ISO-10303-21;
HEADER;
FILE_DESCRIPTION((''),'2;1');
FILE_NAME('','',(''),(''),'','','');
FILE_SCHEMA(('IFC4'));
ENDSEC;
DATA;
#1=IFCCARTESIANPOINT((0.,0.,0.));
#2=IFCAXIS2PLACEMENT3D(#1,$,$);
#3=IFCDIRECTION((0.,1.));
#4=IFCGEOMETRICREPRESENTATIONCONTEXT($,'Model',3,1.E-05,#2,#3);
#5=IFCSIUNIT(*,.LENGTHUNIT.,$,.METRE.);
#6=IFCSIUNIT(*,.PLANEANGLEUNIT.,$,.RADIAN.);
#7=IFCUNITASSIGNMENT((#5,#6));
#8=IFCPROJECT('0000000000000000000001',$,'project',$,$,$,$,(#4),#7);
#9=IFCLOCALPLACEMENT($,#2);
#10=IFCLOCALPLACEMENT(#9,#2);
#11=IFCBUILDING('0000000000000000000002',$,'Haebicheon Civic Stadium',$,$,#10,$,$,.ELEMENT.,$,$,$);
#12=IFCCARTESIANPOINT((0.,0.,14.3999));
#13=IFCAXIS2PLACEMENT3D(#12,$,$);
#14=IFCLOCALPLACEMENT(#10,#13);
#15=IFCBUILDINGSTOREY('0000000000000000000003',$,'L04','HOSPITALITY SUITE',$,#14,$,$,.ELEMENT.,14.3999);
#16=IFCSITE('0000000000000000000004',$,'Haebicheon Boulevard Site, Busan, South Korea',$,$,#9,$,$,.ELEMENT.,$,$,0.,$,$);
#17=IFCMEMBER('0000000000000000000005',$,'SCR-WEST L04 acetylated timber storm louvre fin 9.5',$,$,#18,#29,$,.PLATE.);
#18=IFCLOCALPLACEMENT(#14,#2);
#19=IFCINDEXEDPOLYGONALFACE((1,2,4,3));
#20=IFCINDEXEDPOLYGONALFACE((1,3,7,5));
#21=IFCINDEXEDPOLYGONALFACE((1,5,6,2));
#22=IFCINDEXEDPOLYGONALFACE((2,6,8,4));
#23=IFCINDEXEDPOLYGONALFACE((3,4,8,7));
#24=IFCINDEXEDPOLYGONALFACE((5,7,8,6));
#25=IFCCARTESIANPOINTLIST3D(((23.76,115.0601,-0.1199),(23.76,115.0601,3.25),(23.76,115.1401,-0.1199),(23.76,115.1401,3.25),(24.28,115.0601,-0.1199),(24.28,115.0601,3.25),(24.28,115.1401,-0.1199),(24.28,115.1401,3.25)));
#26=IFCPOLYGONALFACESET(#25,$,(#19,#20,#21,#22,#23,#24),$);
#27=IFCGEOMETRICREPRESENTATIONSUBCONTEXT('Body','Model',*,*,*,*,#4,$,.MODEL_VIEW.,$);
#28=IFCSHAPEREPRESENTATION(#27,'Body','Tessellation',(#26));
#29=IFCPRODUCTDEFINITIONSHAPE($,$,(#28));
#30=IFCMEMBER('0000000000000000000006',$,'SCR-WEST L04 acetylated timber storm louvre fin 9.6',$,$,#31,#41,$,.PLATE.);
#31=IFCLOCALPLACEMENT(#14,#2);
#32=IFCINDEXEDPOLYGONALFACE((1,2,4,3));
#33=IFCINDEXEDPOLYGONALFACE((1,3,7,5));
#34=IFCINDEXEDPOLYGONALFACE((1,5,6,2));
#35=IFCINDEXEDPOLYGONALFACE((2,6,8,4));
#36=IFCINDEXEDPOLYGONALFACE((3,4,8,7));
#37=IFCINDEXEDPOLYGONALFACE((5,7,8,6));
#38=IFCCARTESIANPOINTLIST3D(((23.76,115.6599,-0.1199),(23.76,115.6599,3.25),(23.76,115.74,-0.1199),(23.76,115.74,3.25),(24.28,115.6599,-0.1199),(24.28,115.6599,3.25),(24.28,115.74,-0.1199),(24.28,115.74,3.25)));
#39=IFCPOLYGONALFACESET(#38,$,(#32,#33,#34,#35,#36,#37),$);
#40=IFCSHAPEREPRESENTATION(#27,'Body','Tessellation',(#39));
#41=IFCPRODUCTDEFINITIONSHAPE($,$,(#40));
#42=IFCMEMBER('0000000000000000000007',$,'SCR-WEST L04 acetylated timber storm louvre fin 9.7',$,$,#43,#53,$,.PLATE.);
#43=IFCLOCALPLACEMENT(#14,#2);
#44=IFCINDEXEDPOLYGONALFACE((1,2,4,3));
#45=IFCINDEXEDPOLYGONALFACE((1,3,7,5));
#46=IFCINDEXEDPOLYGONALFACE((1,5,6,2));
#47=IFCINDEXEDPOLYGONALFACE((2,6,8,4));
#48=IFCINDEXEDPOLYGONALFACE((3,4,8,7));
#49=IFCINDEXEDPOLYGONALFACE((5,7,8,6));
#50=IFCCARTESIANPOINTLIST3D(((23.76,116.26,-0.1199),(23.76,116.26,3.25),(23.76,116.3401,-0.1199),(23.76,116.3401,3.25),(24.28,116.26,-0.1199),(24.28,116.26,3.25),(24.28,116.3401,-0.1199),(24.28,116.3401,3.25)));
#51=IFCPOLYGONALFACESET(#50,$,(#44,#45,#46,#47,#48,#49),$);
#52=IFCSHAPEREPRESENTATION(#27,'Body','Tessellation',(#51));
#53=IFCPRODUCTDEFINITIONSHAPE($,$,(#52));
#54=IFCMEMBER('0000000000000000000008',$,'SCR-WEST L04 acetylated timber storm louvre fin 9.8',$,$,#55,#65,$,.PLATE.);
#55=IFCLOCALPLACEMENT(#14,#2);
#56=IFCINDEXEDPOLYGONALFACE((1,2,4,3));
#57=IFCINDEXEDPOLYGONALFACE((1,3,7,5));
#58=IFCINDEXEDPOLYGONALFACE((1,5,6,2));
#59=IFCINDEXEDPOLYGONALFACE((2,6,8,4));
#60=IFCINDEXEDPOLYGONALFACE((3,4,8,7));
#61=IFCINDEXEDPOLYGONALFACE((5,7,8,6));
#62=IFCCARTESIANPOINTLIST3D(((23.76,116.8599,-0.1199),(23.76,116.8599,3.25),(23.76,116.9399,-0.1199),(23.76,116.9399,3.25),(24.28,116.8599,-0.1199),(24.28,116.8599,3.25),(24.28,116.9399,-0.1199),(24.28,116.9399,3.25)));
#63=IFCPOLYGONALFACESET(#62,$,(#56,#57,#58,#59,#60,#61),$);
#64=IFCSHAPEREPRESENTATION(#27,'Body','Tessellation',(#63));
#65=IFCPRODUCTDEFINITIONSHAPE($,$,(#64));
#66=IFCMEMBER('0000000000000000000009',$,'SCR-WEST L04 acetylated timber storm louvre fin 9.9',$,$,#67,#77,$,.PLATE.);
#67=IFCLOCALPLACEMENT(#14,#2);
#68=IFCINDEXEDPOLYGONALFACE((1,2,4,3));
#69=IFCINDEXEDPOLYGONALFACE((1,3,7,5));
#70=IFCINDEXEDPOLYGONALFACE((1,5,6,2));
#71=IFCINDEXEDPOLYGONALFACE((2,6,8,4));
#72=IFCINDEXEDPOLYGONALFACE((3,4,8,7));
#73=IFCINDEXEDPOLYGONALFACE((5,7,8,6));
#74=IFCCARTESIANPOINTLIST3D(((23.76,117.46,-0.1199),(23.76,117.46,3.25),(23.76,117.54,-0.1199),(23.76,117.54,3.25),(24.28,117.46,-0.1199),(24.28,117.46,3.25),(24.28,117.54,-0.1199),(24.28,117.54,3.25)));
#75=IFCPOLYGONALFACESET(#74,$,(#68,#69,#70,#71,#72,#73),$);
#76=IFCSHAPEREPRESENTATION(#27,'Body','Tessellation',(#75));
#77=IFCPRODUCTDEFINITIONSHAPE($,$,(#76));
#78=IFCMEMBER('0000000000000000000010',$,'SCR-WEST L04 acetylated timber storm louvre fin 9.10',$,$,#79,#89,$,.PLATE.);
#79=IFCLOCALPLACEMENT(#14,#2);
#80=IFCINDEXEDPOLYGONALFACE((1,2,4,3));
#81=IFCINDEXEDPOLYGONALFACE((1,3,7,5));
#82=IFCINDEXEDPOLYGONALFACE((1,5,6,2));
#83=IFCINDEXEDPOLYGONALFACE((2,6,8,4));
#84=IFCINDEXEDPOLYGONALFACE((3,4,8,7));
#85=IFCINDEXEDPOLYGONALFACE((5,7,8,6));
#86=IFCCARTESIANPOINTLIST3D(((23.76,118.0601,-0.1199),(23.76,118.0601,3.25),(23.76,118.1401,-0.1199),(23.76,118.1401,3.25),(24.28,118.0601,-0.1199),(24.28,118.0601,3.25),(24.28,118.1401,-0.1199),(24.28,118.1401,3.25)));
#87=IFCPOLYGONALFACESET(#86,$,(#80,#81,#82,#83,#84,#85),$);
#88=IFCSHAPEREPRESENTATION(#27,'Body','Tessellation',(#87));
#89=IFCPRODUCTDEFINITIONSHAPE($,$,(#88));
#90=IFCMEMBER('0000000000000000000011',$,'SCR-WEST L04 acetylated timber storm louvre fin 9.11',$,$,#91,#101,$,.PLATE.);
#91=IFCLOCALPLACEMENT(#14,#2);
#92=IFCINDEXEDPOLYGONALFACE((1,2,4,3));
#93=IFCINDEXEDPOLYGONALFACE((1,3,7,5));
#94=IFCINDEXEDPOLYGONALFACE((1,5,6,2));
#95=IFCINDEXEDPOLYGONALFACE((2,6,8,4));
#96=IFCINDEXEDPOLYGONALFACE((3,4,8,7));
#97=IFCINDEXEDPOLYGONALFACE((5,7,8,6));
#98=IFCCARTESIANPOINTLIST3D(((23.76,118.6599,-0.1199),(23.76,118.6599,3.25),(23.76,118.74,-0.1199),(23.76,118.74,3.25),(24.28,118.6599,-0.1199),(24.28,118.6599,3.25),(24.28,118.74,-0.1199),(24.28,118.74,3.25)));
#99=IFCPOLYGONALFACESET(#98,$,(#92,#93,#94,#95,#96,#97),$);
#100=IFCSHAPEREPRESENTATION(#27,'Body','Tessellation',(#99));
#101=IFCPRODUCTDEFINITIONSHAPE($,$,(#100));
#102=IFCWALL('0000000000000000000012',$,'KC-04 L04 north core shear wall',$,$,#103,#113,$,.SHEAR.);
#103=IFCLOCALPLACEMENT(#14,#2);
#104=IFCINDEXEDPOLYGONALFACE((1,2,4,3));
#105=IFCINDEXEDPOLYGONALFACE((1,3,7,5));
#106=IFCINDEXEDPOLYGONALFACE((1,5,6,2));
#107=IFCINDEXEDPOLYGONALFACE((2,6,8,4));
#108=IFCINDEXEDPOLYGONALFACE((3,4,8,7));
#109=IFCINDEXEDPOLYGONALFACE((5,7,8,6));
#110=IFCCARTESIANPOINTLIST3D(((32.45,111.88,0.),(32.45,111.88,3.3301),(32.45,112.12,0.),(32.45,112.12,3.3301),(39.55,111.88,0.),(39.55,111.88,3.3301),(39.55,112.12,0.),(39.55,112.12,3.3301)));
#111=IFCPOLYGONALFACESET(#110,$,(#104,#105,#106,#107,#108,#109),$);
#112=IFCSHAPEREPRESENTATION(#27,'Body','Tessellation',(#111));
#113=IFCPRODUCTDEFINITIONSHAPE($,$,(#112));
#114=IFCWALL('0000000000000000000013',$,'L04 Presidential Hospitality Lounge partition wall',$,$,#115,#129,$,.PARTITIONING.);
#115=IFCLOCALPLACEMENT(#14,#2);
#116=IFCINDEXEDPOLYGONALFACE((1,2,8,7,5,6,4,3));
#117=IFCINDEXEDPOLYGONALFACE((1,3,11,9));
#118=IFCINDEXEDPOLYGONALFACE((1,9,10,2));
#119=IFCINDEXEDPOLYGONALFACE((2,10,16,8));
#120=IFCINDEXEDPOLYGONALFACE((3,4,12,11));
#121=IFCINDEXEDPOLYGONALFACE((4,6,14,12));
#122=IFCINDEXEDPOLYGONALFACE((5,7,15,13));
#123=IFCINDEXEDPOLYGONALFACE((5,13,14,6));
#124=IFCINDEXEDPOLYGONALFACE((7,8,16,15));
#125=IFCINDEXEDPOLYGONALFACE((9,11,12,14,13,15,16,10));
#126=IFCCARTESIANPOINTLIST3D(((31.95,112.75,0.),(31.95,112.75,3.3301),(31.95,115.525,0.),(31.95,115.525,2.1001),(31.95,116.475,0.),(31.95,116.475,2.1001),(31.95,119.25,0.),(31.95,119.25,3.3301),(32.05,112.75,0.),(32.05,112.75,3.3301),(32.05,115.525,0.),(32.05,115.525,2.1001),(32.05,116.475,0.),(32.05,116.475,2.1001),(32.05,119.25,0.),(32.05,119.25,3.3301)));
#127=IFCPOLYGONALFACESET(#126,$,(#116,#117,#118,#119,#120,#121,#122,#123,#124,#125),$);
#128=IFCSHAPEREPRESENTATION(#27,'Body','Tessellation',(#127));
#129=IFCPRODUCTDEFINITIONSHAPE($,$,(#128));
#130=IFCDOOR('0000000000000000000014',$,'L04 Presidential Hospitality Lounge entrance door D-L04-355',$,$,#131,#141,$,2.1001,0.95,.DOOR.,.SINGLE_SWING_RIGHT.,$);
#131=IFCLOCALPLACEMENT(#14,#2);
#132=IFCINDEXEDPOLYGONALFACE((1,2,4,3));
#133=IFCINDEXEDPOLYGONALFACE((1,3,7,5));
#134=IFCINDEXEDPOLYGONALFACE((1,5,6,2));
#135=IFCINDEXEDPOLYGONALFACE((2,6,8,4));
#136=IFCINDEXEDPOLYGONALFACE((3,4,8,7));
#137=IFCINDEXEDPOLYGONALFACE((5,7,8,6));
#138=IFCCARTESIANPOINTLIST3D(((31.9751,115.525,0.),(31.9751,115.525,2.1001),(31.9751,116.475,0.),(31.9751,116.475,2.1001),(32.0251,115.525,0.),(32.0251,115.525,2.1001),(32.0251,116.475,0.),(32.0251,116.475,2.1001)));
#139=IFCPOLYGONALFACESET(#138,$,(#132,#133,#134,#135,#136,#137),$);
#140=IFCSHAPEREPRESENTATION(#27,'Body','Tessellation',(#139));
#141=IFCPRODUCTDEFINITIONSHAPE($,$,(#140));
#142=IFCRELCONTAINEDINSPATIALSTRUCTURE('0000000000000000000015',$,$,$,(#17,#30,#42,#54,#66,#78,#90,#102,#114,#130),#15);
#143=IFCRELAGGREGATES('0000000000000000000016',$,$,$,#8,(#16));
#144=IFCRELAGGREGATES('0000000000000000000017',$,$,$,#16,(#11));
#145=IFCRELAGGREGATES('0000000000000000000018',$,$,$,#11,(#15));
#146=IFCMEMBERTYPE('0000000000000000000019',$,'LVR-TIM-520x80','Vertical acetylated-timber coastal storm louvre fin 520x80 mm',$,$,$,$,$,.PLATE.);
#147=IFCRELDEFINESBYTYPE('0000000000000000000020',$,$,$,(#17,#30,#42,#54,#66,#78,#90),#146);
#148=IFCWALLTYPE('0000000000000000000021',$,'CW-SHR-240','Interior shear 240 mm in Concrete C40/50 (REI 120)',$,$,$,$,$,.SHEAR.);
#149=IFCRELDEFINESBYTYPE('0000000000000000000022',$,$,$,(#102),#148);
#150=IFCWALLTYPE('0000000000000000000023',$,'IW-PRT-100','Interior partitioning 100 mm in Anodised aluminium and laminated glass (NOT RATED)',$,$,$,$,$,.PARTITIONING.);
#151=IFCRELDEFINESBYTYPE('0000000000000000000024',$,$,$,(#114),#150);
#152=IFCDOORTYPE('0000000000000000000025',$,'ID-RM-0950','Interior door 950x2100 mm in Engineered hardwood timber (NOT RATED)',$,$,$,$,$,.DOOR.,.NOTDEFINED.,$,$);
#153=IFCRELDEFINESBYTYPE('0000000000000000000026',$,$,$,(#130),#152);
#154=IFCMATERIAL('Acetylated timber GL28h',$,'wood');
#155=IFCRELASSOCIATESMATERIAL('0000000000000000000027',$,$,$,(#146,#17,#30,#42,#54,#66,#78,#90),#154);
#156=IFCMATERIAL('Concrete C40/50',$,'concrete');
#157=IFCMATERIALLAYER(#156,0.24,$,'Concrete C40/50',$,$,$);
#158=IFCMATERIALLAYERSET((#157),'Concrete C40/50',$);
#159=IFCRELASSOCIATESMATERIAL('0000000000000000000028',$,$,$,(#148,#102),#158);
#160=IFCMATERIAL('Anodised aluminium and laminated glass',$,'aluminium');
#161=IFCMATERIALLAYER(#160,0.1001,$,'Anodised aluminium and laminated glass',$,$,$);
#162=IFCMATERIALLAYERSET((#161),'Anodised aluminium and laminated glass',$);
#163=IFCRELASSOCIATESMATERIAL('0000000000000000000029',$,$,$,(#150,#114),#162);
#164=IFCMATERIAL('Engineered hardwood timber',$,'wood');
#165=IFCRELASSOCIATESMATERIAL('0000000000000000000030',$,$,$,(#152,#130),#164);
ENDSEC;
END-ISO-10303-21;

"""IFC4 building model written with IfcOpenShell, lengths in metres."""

from ifc_helpers import new_model, si_unit, direction, frame, frame_2d, origin, origin_2d, place, context, subcontext, project, spatial, rectangle, extrude, material, layer, layer_set, material_profile, profile_set, type_object, element, fill, save


model = new_model("IFC4")

# Units and contexts
model_context = context("Model", 3, precision=1e-05, world=origin(), true_north=direction((0.0, 1.0)))
body_context = subcontext(model_context, "Body", "Model", "MODEL_VIEW")
ifc_project = project(units=[si_unit("LENGTHUNIT", "METRE"), si_unit("PLANEANGLEUNIT", "RADIAN")], contexts=[model_context])

# Site, building, storey
site_placement = place(None, origin())
site = spatial("IfcSite", under=ifc_project, at=site_placement, Name="Haebicheon Boulevard Site, Busan, South Korea", CompositionType="ELEMENT", RefElevation=0.0)
building_placement = place(site_placement, origin())
building = spatial("IfcBuilding", under=site, at=building_placement, Name="Haebicheon Civic Stadium", CompositionType="ELEMENT")
storey_placement = place(building_placement, frame((0.0, 0.0, 14.3999)))
storey = spatial("IfcBuildingStorey", under=building, at=storey_placement, Name="L04", Description="HOSPITALITY SUITE", CompositionType="ELEMENT", Elevation=14.3999)

# Members
ifc_material_1 = material(Name="Acetylated timber GL28h", Category="wood")
ifc_material_profile_1 = material_profile(ifc_material_1, rectangle(XDim=0.0801, YDim=0.52, at=origin_2d()), Name="TMB-LOUV-80x520")
ifc_profile_set_1 = profile_set([ifc_material_profile_1], Name="Acetylated timber GL28h")
member_type = type_object("IfcMemberType", Name="LVR-TIM-520x80", Description="Vertical acetylated-timber coastal storm louvre fin 520x80 mm", PredefinedType="PLATE", material=ifc_profile_set_1)
for number, where, z_axis, x_axis, name in (
    (1, (24.02, 115.1001, -0.1199), (0.0, 0.0, 1.0), (0.0, 1.0, 0.0), "SCR-WEST L04 acetylated timber storm louvre fin 9.5"),
    (2, (24.02, 115.7, -0.1199), (0.0, 0.0, 1.0), (0.0, 1.0, 0.0), "SCR-WEST L04 acetylated timber storm louvre fin 9.6"),
    (3, (24.02, 116.3, -0.1199), (0.0, 0.0, 1.0), (0.0, 1.0, 0.0), "SCR-WEST L04 acetylated timber storm louvre fin 9.7"),
    (4, (24.02, 116.8999, -0.1199), (0.0, 0.0, 1.0), (0.0, 1.0, 0.0), "SCR-WEST L04 acetylated timber storm louvre fin 9.8"),
    (5, (24.02, 117.5, -0.1199), (0.0, 0.0, 1.0), (0.0, 1.0, 0.0), "SCR-WEST L04 acetylated timber storm louvre fin 9.9"),
    (6, (24.02, 118.1001, -0.1199), (0.0, 0.0, 1.0), (0.0, 1.0, 0.0), "SCR-WEST L04 acetylated timber storm louvre fin 9.10"),
    (7, (24.02, 118.7, -0.1199), (0.0, 0.0, 1.0), (0.0, 1.0, 0.0), "SCR-WEST L04 acetylated timber storm louvre fin 9.11"),
):
    element("IfcMember", number, at=place(storey_placement, frame(where, z_axis=z_axis, x_axis=x_axis)), inside=storey, type_object=member_type, material=ifc_profile_set_1, Name=name, PredefinedType="PLATE", context=body_context, shape_type="SweptSolid", body=[
        extrude(rectangle(XDim=0.0801, YDim=0.52, at=origin_2d()), origin(), (0.0, 0.0, 1.0), 3.3699),
    ])

# Wall
ifc_material_2 = material(Name="Concrete C40/50", Category="concrete")
ifc_layer_1 = layer(ifc_material_2, 0.24, Name="Concrete C40/50")
ifc_layer_set_1 = layer_set([ifc_layer_1], Name="Concrete C40/50")
wall_type_1 = type_object("IfcWallType", Name="CW-SHR-240", Description="Interior shear 240 mm in Concrete C40/50 (REI 120)", PredefinedType="SHEAR", material=ifc_layer_set_1)
wall_1_placement = place(storey_placement, frame((32.45, 112.0, 0.0), z_axis=(0.0, 0.0, 1.0), x_axis=(1.0, 0.0, 0.0)))
element("IfcWall", 8, at=wall_1_placement, inside=storey, type_object=wall_type_1, material=ifc_layer_set_1, Name="KC-04 L04 north core shear wall", PredefinedType="SHEAR", context=body_context, shape_type="SweptSolid", body=[
    extrude(rectangle(XDim=7.1001, YDim=0.24, at=frame_2d((3.55, 0.0))), origin(), (0.0, 0.0, 1.0), 3.3301),
])

# Wall, opening, door
ifc_material_3 = material(Name="Anodised aluminium and laminated glass", Category="aluminium")
ifc_layer_2 = layer(ifc_material_3, 0.1001, Name="Anodised aluminium and laminated glass")
ifc_layer_set_2 = layer_set([ifc_layer_2], Name="Anodised aluminium and laminated glass")
wall_type_2 = type_object("IfcWallType", Name="IW-PRT-100", Description="Interior partitioning 100 mm in Anodised aluminium and laminated glass (NOT RATED)", PredefinedType="PARTITIONING", material=ifc_layer_set_2)
wall_2_placement = place(storey_placement, frame((32.0, 112.75, 0.0), z_axis=(0.0, 0.0, 1.0), x_axis=(0.0, 1.0, 0.0)))
wall_2 = element("IfcWall", 9, at=wall_2_placement, inside=storey, type_object=wall_type_2, material=ifc_layer_set_2, Name="L04 Presidential Hospitality Lounge partition wall", PredefinedType="PARTITIONING", context=body_context, shape_type="SweptSolid", body=[
    extrude(rectangle(XDim=6.5, YDim=0.1001, at=frame_2d((3.25, 0.0))), origin(), (0.0, 0.0, 1.0), 3.3301),
])
opening_placement = place(wall_2_placement, frame((2.7749, 0.0, 0.0)))
opening = element("IfcOpeningElement", 10, at=opening_placement, cuts=wall_2, PredefinedType="OPENING", context=body_context, shape_type="SweptSolid", body=[
    extrude(rectangle(XDim=0.95, YDim=2.1001, at=frame_2d((0.4751, 1.05))), frame((0.0, 0.0601, 0.0), z_axis=(0.0, -1.0, 0.0), x_axis=(1.0, 0.0, 0.0)), (0.0, 0.0, 1.0), 0.1201),
])
ifc_material_4 = material(Name="Engineered hardwood timber", Category="wood")
door_type = type_object("IfcDoorType", Name="ID-RM-0950", Description="Interior door 950x2100 mm in Engineered hardwood timber (NOT RATED)", OperationType="NOTDEFINED", PredefinedType="DOOR", material=ifc_material_4)
door_placement = place(opening_placement, origin())
door = element("IfcDoor", 11, at=door_placement, inside=storey, type_object=door_type, material=ifc_material_4, Name="L04 Presidential Hospitality Lounge entrance door D-L04-355", OperationType="SINGLE_SWING_RIGHT", OverallHeight=2.1001, OverallWidth=0.95, PredefinedType="DOOR", context=body_context, shape_type="SweptSolid", body=[
    extrude(rectangle(XDim=0.95, YDim=2.1001, at=frame_2d((0.4751, 1.05))), frame((0.0, 0.0249, 0.0), z_axis=(0.0, -1.0, 0.0), x_axis=(1.0, 0.0, 0.0)), (0.0, 0.0, 1.0), 0.05),
])
fill(opening, door)

save(model, "model.ifc")
